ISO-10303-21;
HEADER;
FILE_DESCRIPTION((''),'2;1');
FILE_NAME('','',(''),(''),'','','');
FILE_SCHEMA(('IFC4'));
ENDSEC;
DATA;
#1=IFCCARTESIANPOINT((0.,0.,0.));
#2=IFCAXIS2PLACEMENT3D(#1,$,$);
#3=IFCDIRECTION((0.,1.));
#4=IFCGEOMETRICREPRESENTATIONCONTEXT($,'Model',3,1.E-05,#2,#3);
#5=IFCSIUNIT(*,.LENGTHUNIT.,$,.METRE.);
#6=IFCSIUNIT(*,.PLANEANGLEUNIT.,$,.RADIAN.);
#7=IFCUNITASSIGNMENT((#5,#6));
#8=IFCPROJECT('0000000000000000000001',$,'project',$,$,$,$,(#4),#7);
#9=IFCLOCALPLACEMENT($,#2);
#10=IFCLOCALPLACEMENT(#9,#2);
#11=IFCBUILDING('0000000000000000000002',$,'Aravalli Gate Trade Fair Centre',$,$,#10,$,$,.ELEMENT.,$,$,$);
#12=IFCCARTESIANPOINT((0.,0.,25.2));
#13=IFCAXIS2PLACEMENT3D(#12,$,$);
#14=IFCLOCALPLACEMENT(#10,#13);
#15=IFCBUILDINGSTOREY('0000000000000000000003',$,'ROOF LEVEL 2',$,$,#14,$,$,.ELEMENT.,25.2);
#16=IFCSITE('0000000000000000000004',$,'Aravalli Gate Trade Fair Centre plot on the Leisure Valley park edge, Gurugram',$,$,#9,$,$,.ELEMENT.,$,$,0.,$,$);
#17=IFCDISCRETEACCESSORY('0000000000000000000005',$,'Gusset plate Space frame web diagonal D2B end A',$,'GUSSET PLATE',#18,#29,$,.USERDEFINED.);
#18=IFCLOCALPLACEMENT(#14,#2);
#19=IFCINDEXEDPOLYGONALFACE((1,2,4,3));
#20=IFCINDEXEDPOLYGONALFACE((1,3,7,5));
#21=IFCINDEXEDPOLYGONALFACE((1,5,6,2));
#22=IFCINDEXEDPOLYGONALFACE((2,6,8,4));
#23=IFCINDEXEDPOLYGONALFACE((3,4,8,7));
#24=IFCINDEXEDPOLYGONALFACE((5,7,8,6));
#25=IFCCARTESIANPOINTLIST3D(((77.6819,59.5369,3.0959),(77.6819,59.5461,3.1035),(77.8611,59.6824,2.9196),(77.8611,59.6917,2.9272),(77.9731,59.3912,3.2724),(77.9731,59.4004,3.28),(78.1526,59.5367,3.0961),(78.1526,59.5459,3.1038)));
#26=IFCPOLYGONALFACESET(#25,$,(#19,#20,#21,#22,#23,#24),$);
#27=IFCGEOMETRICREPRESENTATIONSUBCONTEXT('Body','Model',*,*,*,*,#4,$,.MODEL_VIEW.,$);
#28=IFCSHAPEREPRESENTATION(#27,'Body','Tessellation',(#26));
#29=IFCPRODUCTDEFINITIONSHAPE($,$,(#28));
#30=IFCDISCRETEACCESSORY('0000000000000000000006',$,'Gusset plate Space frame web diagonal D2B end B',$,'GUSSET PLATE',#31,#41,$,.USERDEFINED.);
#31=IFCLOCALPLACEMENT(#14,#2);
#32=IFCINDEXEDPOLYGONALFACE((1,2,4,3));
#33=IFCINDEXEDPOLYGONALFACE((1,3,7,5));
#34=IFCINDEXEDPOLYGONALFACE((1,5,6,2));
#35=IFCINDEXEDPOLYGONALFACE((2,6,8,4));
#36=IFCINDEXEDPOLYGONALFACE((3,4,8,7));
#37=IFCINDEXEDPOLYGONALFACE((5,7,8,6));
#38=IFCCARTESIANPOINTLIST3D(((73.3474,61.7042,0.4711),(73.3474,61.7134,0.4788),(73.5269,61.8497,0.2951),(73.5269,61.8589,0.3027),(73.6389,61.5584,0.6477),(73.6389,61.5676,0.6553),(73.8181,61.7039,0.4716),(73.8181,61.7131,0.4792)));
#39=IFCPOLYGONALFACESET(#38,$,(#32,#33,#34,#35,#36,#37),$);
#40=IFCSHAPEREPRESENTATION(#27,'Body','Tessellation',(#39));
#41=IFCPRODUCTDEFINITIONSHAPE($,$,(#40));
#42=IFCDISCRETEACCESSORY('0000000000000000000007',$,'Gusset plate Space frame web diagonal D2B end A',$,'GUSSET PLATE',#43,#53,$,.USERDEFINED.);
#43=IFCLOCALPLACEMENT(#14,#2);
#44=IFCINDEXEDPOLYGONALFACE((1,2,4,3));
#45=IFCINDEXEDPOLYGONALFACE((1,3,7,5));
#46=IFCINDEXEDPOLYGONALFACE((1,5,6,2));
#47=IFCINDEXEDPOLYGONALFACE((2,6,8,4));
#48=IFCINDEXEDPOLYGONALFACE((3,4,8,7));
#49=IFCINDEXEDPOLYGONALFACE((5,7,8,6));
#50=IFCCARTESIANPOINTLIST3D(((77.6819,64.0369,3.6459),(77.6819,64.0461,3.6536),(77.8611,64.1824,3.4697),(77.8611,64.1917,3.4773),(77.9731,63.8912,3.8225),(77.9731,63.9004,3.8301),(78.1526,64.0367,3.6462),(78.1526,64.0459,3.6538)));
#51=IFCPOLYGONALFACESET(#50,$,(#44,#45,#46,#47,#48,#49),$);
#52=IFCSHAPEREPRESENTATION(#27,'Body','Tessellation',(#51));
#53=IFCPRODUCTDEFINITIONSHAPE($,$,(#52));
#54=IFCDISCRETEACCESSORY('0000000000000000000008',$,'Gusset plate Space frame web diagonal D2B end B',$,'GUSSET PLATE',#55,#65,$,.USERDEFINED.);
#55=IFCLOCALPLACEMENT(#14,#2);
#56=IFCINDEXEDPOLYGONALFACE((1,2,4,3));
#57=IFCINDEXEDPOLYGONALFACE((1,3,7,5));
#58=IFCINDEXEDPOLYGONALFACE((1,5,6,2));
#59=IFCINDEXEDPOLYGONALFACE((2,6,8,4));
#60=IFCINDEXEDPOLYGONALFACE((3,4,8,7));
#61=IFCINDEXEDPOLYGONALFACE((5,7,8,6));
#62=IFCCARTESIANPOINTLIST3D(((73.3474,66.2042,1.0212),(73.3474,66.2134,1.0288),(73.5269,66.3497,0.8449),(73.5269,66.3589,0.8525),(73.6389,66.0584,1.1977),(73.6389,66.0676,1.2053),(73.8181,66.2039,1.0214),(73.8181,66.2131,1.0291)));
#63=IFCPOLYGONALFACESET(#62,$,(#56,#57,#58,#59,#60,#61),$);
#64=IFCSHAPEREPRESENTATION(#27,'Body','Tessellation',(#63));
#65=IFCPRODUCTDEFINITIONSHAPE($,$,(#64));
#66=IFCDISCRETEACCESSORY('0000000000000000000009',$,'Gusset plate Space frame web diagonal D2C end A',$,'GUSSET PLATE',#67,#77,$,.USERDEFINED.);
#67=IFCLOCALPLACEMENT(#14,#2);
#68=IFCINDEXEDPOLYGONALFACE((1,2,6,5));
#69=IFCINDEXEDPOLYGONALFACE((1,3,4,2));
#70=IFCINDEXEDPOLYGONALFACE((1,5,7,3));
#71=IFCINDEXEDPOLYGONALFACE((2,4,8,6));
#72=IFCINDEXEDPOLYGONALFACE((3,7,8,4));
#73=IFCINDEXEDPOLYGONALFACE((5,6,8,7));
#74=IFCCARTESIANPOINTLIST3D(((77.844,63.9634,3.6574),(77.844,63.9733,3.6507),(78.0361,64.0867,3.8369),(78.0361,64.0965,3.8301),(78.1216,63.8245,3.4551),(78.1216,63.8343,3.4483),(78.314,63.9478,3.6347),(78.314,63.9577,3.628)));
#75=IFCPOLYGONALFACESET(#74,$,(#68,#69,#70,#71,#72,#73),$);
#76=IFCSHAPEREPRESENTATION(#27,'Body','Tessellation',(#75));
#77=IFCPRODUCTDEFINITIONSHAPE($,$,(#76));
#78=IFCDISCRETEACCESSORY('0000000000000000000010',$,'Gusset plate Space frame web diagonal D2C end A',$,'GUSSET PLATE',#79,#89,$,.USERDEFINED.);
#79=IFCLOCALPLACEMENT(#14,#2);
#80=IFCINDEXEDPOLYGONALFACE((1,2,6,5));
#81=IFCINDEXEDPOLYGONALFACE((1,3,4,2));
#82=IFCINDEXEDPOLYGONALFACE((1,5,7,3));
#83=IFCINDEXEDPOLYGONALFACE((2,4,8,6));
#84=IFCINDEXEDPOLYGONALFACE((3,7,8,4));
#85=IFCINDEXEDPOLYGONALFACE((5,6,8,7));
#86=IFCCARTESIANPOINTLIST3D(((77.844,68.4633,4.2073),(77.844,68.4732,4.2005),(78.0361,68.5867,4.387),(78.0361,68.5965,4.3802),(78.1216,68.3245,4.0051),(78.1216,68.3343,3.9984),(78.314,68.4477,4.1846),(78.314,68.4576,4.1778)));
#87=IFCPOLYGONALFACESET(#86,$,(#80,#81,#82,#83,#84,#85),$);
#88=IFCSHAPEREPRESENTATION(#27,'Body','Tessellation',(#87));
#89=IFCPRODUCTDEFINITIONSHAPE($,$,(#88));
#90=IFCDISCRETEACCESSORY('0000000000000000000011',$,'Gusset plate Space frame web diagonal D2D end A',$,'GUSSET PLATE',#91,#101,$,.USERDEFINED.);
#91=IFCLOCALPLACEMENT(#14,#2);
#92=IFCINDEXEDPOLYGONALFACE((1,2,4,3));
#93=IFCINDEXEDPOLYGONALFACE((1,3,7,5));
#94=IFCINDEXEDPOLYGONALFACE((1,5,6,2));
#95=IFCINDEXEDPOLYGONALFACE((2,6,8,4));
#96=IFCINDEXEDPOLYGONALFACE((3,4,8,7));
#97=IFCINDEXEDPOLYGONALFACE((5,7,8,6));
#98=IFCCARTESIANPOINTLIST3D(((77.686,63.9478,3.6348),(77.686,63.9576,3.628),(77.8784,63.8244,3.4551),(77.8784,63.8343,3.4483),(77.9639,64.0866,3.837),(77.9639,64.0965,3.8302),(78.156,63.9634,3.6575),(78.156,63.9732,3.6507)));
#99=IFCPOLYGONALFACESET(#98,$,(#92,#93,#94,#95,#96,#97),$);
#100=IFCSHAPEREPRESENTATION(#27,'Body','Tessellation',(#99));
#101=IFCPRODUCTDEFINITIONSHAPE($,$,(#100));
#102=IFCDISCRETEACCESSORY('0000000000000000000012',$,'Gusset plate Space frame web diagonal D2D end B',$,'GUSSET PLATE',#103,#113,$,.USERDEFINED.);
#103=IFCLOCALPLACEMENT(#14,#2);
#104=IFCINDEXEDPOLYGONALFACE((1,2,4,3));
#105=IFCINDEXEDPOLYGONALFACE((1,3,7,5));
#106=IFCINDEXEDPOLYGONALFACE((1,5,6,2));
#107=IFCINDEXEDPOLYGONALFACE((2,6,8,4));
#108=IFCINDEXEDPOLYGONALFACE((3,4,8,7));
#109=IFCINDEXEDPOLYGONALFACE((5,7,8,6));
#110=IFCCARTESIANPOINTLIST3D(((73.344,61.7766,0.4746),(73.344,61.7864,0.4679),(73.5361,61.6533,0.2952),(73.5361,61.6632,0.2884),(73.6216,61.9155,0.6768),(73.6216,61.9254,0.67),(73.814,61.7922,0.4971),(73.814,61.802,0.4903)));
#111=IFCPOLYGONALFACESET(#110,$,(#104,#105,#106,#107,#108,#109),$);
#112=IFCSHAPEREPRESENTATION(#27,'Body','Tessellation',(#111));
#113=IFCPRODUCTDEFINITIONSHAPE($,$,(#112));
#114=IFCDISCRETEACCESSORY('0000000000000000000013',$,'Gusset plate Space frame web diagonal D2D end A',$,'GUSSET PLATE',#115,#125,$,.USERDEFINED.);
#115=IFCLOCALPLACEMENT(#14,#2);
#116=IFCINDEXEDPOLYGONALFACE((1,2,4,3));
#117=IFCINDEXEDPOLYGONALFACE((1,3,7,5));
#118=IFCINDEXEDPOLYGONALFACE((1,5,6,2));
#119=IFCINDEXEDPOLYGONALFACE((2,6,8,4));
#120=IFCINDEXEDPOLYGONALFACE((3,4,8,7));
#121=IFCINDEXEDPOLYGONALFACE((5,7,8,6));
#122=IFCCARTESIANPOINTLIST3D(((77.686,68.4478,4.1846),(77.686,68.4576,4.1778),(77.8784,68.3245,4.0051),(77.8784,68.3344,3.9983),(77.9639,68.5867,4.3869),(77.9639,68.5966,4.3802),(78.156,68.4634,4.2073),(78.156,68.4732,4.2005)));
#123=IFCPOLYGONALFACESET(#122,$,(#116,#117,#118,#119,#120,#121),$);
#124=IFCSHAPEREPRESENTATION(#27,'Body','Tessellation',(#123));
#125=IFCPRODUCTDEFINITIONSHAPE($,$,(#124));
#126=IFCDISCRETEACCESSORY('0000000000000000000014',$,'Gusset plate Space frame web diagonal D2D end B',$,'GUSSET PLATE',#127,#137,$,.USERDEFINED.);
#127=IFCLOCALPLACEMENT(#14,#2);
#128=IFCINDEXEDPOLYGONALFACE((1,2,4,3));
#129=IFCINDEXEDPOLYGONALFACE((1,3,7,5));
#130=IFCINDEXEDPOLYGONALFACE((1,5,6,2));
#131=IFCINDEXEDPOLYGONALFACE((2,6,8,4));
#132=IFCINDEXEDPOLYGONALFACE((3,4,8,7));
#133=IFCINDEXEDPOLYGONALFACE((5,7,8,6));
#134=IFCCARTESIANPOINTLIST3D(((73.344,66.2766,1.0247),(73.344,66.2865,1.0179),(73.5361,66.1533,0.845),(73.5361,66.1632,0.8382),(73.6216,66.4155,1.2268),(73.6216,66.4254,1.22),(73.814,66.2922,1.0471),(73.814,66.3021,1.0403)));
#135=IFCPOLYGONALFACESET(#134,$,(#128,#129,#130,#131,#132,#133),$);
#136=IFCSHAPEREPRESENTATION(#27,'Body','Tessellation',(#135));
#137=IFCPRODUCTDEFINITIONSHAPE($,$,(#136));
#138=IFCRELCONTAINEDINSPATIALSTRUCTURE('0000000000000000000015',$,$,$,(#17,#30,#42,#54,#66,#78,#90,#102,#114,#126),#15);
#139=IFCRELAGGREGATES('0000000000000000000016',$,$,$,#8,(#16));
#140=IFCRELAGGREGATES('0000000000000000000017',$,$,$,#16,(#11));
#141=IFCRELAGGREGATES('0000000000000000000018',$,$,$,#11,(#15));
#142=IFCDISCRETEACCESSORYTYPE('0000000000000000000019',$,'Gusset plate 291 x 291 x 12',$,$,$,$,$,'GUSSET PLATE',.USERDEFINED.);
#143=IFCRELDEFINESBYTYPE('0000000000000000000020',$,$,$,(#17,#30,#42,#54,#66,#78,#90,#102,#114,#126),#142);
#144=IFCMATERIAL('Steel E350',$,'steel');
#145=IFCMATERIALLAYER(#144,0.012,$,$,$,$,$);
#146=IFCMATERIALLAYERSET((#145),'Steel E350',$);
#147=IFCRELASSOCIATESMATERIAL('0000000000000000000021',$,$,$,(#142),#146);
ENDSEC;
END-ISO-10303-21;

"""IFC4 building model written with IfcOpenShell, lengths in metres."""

from ifc_helpers import new_model, si_unit, direction, frame, origin, place, context, subcontext, project, spatial, polyline, outline, extrude, material, layer, layer_set, type_object, element, save


model = new_model("IFC4")

# Units and contexts
model_context = context("Model", 3, precision=1e-05, world=origin(), true_north=direction((0.0, 1.0)))
body_context = subcontext(model_context, "Body", "Model", "MODEL_VIEW")
ifc_project = project(units=[si_unit("LENGTHUNIT", "METRE"), si_unit("PLANEANGLEUNIT", "RADIAN")], contexts=[model_context])

# Site, building, storey
site_placement = place(None, origin())
site = spatial("IfcSite", under=ifc_project, at=site_placement, Name="Aravalli Gate Trade Fair Centre plot on the Leisure Valley park edge, Gurugram", CompositionType="ELEMENT", RefElevation=0.0)
building_placement = place(site_placement, origin())
building = spatial("IfcBuilding", under=site, at=building_placement, Name="Aravalli Gate Trade Fair Centre", CompositionType="ELEMENT")
storey_placement = place(building_placement, frame((0.0, 0.0, 25.2)))
storey = spatial("IfcBuildingStorey", under=building, at=storey_placement, Name="ROOF LEVEL 2", CompositionType="ELEMENT", Elevation=25.2)

# Shared definitions
ifc_material_1 = material(Name="Steel E350", Category="steel")

# Discrete accessories
ifc_layer_1 = layer(ifc_material_1, 0.012)
ifc_layer_set_1 = layer_set([ifc_layer_1], Name="Steel E350")
discrete_accessory_type = type_object("IfcDiscreteAccessoryType", Name="Gusset plate 291 x 291 x 12", ElementType="GUSSET PLATE", PredefinedType="USERDEFINED", material=ifc_layer_set_1)
discrete_accessory_1_placement = place(storey_placement, frame((77.6819, 59.5461, 3.1035), z_axis=(0.00007, 0.771155, 0.636648), x_axis=(0.786233, -0.393446, 0.476485)))
element("IfcDiscreteAccessory", 1, at=discrete_accessory_1_placement, inside=storey, type_object=discrete_accessory_type, Name="Gusset plate Space frame web diagonal D2B end A", ObjectType="GUSSET PLATE", PredefinedType="USERDEFINED", context=body_context, shape_type="SweptSolid", body=[
    extrude(outline(polyline([(0.0, 0.0), (0.3704, 0.0), (0.3703, 0.2906), (-0.0003, 0.2904), (0.0, 0.0)])), origin(), (0.0, 0.0, -1.0), 0.012),
])
discrete_accessory_2_placement = place(storey_placement, frame((73.6389, 61.5676, 0.6553), z_axis=(-0.000261, 0.770887, 0.636972), x_axis=(-0.786484, 0.393242, -0.476238)))
element("IfcDiscreteAccessory", 2, at=discrete_accessory_2_placement, inside=storey, type_object=discrete_accessory_type, Name="Gusset plate Space frame web diagonal D2B end B", ObjectType="GUSSET PLATE", PredefinedType="USERDEFINED", context=body_context, shape_type="SweptSolid", body=[
    extrude(outline(polyline([(0.0, 0.0), (0.3706, 0.0), (0.3706, -0.2904), (0.0001, -0.2903), (0.0, 0.0)])), origin(), (0.0, 0.0, -1.0), 0.012),
])
discrete_accessory_3_placement = place(storey_placement, frame((77.6819, 64.0461, 3.6536), z_axis=(0.00007, 0.771155, 0.636648), x_axis=(0.786233, -0.393446, 0.476485)))
element("IfcDiscreteAccessory", 3, at=discrete_accessory_3_placement, inside=storey, type_object=discrete_accessory_type, Name="Gusset plate Space frame web diagonal D2B end A", ObjectType="GUSSET PLATE", PredefinedType="USERDEFINED", context=body_context, shape_type="SweptSolid", body=[
    extrude(outline(polyline([(0.0, 0.0), (0.3704, 0.0), (0.3703, 0.2906), (-0.0003, 0.2904), (0.0, 0.0)])), origin(), (0.0, 0.0, -1.0), 0.012),
])
discrete_accessory_4_placement = place(storey_placement, frame((73.6389, 66.0676, 1.2053), z_axis=(0.00007, 0.771155, 0.636648), x_axis=(-0.786484, 0.393242, -0.476238)))
element("IfcDiscreteAccessory", 4, at=discrete_accessory_4_placement, inside=storey, type_object=discrete_accessory_type, Name="Gusset plate Space frame web diagonal D2B end B", ObjectType="GUSSET PLATE", PredefinedType="USERDEFINED", context=body_context, shape_type="SweptSolid", body=[
    extrude(outline(polyline([(0.0, 0.0), (0.3706, 0.0), (0.3707, -0.2906), (0.0002, -0.2904), (0.0, 0.0)])), origin(), (0.0, 0.0, -1.0), 0.012),
])
discrete_accessory_5_placement = place(storey_placement, frame((78.1216, 63.8245, 3.4551), z_axis=(-0.000059, -0.824356, 0.566072), x_axis=(-0.749102, 0.375034, 0.546073)))
element("IfcDiscreteAccessory", 5, at=discrete_accessory_5_placement, inside=storey, type_object=discrete_accessory_type, Name="Gusset plate Space frame web diagonal D2C end A", ObjectType="GUSSET PLATE", PredefinedType="USERDEFINED", context=body_context, shape_type="SweptSolid", body=[
    extrude(outline(polyline([(0.0, 0.0), (0.3706, 0.0), (0.3709, -0.2904), (0.0002, -0.2907), (0.0, 0.0)])), origin(), (0.0, 0.0, -1.0), 0.012),
])
discrete_accessory_6_placement = place(storey_placement, frame((78.1216, 68.3245, 4.0051), z_axis=(-0.000059, -0.824356, 0.566072), x_axis=(-0.749371, 0.374861, 0.545822)))
element("IfcDiscreteAccessory", 6, at=discrete_accessory_6_placement, inside=storey, type_object=discrete_accessory_type, Name="Gusset plate Space frame web diagonal D2C end A", ObjectType="GUSSET PLATE", PredefinedType="USERDEFINED", context=body_context, shape_type="SweptSolid", body=[
    extrude(outline(polyline([(0.0, 0.0), (0.3704, 0.0), (0.3707, -0.2905), (0.0, -0.2905), (0.0, 0.0)])), origin(), (0.0, 0.0, -1.0), 0.012),
])
discrete_accessory_7_placement = place(storey_placement, frame((77.686, 63.9478, 3.6348), z_axis=(0.000059, -0.824356, 0.566072), x_axis=(0.74966, 0.374676, 0.545552)))
element("IfcDiscreteAccessory", 7, at=discrete_accessory_7_placement, inside=storey, type_object=discrete_accessory_type, Name="Gusset plate Space frame web diagonal D2D end A", ObjectType="GUSSET PLATE", PredefinedType="USERDEFINED", context=body_context, shape_type="SweptSolid", body=[
    extrude(outline(polyline([(0.0, 0.0), (0.3706, 0.0), (0.3706, -0.2904), (0.0, -0.2907), (0.0, 0.0)])), origin(), (0.0, 0.0, -1.0), 0.012),
])
discrete_accessory_8_placement = place(storey_placement, frame((73.6216, 61.9155, 0.6768), z_axis=(0.000339, -0.824216, 0.566276), x_axis=(-0.749371, -0.375169, -0.545611)))
element("IfcDiscreteAccessory", 8, at=discrete_accessory_8_placement, inside=storey, type_object=discrete_accessory_type, Name="Gusset plate Space frame web diagonal D2D end B", ObjectType="GUSSET PLATE", PredefinedType="USERDEFINED", context=body_context, shape_type="SweptSolid", body=[
    extrude(outline(polyline([(0.0, 0.0), (0.3704, 0.0), (0.3706, 0.2904), (0.0001, 0.2907), (0.0, 0.0)])), origin(), (0.0, 0.0, -1.0), 0.012),
])
discrete_accessory_9_placement = place(storey_placement, frame((77.686, 68.4478, 4.1846), z_axis=(0.000059, -0.824356, 0.566072), x_axis=(0.749391, 0.374849, 0.545804)))
element("IfcDiscreteAccessory", 9, at=discrete_accessory_9_placement, inside=storey, type_object=discrete_accessory_type, Name="Gusset plate Space frame web diagonal D2D end A", ObjectType="GUSSET PLATE", PredefinedType="USERDEFINED", context=body_context, shape_type="SweptSolid", body=[
    extrude(outline(polyline([(0.0, 0.0), (0.3707, 0.0), (0.3704, -0.2905), (0.0, -0.2905), (0.0, 0.0)])), origin(), (0.0, 0.0, -1.0), 0.012),
])
discrete_accessory_10_placement = place(storey_placement, frame((73.6216, 66.4155, 1.2268), z_axis=(0.000356, -0.824387, 0.566027), x_axis=(-0.749371, -0.375015, -0.545716)))
element("IfcDiscreteAccessory", 10, at=discrete_accessory_10_placement, inside=storey, type_object=discrete_accessory_type, Name="Gusset plate Space frame web diagonal D2D end B", ObjectType="GUSSET PLATE", PredefinedType="USERDEFINED", context=body_context, shape_type="SweptSolid", body=[
    extrude(outline(polyline([(0.0, 0.0), (0.3704, 0.0), (0.3707, 0.2905), (0.0001, 0.2907), (0.0, 0.0)])), origin(), (0.0, 0.0, -1.0), 0.012),
])

save(model, "model.ifc")
